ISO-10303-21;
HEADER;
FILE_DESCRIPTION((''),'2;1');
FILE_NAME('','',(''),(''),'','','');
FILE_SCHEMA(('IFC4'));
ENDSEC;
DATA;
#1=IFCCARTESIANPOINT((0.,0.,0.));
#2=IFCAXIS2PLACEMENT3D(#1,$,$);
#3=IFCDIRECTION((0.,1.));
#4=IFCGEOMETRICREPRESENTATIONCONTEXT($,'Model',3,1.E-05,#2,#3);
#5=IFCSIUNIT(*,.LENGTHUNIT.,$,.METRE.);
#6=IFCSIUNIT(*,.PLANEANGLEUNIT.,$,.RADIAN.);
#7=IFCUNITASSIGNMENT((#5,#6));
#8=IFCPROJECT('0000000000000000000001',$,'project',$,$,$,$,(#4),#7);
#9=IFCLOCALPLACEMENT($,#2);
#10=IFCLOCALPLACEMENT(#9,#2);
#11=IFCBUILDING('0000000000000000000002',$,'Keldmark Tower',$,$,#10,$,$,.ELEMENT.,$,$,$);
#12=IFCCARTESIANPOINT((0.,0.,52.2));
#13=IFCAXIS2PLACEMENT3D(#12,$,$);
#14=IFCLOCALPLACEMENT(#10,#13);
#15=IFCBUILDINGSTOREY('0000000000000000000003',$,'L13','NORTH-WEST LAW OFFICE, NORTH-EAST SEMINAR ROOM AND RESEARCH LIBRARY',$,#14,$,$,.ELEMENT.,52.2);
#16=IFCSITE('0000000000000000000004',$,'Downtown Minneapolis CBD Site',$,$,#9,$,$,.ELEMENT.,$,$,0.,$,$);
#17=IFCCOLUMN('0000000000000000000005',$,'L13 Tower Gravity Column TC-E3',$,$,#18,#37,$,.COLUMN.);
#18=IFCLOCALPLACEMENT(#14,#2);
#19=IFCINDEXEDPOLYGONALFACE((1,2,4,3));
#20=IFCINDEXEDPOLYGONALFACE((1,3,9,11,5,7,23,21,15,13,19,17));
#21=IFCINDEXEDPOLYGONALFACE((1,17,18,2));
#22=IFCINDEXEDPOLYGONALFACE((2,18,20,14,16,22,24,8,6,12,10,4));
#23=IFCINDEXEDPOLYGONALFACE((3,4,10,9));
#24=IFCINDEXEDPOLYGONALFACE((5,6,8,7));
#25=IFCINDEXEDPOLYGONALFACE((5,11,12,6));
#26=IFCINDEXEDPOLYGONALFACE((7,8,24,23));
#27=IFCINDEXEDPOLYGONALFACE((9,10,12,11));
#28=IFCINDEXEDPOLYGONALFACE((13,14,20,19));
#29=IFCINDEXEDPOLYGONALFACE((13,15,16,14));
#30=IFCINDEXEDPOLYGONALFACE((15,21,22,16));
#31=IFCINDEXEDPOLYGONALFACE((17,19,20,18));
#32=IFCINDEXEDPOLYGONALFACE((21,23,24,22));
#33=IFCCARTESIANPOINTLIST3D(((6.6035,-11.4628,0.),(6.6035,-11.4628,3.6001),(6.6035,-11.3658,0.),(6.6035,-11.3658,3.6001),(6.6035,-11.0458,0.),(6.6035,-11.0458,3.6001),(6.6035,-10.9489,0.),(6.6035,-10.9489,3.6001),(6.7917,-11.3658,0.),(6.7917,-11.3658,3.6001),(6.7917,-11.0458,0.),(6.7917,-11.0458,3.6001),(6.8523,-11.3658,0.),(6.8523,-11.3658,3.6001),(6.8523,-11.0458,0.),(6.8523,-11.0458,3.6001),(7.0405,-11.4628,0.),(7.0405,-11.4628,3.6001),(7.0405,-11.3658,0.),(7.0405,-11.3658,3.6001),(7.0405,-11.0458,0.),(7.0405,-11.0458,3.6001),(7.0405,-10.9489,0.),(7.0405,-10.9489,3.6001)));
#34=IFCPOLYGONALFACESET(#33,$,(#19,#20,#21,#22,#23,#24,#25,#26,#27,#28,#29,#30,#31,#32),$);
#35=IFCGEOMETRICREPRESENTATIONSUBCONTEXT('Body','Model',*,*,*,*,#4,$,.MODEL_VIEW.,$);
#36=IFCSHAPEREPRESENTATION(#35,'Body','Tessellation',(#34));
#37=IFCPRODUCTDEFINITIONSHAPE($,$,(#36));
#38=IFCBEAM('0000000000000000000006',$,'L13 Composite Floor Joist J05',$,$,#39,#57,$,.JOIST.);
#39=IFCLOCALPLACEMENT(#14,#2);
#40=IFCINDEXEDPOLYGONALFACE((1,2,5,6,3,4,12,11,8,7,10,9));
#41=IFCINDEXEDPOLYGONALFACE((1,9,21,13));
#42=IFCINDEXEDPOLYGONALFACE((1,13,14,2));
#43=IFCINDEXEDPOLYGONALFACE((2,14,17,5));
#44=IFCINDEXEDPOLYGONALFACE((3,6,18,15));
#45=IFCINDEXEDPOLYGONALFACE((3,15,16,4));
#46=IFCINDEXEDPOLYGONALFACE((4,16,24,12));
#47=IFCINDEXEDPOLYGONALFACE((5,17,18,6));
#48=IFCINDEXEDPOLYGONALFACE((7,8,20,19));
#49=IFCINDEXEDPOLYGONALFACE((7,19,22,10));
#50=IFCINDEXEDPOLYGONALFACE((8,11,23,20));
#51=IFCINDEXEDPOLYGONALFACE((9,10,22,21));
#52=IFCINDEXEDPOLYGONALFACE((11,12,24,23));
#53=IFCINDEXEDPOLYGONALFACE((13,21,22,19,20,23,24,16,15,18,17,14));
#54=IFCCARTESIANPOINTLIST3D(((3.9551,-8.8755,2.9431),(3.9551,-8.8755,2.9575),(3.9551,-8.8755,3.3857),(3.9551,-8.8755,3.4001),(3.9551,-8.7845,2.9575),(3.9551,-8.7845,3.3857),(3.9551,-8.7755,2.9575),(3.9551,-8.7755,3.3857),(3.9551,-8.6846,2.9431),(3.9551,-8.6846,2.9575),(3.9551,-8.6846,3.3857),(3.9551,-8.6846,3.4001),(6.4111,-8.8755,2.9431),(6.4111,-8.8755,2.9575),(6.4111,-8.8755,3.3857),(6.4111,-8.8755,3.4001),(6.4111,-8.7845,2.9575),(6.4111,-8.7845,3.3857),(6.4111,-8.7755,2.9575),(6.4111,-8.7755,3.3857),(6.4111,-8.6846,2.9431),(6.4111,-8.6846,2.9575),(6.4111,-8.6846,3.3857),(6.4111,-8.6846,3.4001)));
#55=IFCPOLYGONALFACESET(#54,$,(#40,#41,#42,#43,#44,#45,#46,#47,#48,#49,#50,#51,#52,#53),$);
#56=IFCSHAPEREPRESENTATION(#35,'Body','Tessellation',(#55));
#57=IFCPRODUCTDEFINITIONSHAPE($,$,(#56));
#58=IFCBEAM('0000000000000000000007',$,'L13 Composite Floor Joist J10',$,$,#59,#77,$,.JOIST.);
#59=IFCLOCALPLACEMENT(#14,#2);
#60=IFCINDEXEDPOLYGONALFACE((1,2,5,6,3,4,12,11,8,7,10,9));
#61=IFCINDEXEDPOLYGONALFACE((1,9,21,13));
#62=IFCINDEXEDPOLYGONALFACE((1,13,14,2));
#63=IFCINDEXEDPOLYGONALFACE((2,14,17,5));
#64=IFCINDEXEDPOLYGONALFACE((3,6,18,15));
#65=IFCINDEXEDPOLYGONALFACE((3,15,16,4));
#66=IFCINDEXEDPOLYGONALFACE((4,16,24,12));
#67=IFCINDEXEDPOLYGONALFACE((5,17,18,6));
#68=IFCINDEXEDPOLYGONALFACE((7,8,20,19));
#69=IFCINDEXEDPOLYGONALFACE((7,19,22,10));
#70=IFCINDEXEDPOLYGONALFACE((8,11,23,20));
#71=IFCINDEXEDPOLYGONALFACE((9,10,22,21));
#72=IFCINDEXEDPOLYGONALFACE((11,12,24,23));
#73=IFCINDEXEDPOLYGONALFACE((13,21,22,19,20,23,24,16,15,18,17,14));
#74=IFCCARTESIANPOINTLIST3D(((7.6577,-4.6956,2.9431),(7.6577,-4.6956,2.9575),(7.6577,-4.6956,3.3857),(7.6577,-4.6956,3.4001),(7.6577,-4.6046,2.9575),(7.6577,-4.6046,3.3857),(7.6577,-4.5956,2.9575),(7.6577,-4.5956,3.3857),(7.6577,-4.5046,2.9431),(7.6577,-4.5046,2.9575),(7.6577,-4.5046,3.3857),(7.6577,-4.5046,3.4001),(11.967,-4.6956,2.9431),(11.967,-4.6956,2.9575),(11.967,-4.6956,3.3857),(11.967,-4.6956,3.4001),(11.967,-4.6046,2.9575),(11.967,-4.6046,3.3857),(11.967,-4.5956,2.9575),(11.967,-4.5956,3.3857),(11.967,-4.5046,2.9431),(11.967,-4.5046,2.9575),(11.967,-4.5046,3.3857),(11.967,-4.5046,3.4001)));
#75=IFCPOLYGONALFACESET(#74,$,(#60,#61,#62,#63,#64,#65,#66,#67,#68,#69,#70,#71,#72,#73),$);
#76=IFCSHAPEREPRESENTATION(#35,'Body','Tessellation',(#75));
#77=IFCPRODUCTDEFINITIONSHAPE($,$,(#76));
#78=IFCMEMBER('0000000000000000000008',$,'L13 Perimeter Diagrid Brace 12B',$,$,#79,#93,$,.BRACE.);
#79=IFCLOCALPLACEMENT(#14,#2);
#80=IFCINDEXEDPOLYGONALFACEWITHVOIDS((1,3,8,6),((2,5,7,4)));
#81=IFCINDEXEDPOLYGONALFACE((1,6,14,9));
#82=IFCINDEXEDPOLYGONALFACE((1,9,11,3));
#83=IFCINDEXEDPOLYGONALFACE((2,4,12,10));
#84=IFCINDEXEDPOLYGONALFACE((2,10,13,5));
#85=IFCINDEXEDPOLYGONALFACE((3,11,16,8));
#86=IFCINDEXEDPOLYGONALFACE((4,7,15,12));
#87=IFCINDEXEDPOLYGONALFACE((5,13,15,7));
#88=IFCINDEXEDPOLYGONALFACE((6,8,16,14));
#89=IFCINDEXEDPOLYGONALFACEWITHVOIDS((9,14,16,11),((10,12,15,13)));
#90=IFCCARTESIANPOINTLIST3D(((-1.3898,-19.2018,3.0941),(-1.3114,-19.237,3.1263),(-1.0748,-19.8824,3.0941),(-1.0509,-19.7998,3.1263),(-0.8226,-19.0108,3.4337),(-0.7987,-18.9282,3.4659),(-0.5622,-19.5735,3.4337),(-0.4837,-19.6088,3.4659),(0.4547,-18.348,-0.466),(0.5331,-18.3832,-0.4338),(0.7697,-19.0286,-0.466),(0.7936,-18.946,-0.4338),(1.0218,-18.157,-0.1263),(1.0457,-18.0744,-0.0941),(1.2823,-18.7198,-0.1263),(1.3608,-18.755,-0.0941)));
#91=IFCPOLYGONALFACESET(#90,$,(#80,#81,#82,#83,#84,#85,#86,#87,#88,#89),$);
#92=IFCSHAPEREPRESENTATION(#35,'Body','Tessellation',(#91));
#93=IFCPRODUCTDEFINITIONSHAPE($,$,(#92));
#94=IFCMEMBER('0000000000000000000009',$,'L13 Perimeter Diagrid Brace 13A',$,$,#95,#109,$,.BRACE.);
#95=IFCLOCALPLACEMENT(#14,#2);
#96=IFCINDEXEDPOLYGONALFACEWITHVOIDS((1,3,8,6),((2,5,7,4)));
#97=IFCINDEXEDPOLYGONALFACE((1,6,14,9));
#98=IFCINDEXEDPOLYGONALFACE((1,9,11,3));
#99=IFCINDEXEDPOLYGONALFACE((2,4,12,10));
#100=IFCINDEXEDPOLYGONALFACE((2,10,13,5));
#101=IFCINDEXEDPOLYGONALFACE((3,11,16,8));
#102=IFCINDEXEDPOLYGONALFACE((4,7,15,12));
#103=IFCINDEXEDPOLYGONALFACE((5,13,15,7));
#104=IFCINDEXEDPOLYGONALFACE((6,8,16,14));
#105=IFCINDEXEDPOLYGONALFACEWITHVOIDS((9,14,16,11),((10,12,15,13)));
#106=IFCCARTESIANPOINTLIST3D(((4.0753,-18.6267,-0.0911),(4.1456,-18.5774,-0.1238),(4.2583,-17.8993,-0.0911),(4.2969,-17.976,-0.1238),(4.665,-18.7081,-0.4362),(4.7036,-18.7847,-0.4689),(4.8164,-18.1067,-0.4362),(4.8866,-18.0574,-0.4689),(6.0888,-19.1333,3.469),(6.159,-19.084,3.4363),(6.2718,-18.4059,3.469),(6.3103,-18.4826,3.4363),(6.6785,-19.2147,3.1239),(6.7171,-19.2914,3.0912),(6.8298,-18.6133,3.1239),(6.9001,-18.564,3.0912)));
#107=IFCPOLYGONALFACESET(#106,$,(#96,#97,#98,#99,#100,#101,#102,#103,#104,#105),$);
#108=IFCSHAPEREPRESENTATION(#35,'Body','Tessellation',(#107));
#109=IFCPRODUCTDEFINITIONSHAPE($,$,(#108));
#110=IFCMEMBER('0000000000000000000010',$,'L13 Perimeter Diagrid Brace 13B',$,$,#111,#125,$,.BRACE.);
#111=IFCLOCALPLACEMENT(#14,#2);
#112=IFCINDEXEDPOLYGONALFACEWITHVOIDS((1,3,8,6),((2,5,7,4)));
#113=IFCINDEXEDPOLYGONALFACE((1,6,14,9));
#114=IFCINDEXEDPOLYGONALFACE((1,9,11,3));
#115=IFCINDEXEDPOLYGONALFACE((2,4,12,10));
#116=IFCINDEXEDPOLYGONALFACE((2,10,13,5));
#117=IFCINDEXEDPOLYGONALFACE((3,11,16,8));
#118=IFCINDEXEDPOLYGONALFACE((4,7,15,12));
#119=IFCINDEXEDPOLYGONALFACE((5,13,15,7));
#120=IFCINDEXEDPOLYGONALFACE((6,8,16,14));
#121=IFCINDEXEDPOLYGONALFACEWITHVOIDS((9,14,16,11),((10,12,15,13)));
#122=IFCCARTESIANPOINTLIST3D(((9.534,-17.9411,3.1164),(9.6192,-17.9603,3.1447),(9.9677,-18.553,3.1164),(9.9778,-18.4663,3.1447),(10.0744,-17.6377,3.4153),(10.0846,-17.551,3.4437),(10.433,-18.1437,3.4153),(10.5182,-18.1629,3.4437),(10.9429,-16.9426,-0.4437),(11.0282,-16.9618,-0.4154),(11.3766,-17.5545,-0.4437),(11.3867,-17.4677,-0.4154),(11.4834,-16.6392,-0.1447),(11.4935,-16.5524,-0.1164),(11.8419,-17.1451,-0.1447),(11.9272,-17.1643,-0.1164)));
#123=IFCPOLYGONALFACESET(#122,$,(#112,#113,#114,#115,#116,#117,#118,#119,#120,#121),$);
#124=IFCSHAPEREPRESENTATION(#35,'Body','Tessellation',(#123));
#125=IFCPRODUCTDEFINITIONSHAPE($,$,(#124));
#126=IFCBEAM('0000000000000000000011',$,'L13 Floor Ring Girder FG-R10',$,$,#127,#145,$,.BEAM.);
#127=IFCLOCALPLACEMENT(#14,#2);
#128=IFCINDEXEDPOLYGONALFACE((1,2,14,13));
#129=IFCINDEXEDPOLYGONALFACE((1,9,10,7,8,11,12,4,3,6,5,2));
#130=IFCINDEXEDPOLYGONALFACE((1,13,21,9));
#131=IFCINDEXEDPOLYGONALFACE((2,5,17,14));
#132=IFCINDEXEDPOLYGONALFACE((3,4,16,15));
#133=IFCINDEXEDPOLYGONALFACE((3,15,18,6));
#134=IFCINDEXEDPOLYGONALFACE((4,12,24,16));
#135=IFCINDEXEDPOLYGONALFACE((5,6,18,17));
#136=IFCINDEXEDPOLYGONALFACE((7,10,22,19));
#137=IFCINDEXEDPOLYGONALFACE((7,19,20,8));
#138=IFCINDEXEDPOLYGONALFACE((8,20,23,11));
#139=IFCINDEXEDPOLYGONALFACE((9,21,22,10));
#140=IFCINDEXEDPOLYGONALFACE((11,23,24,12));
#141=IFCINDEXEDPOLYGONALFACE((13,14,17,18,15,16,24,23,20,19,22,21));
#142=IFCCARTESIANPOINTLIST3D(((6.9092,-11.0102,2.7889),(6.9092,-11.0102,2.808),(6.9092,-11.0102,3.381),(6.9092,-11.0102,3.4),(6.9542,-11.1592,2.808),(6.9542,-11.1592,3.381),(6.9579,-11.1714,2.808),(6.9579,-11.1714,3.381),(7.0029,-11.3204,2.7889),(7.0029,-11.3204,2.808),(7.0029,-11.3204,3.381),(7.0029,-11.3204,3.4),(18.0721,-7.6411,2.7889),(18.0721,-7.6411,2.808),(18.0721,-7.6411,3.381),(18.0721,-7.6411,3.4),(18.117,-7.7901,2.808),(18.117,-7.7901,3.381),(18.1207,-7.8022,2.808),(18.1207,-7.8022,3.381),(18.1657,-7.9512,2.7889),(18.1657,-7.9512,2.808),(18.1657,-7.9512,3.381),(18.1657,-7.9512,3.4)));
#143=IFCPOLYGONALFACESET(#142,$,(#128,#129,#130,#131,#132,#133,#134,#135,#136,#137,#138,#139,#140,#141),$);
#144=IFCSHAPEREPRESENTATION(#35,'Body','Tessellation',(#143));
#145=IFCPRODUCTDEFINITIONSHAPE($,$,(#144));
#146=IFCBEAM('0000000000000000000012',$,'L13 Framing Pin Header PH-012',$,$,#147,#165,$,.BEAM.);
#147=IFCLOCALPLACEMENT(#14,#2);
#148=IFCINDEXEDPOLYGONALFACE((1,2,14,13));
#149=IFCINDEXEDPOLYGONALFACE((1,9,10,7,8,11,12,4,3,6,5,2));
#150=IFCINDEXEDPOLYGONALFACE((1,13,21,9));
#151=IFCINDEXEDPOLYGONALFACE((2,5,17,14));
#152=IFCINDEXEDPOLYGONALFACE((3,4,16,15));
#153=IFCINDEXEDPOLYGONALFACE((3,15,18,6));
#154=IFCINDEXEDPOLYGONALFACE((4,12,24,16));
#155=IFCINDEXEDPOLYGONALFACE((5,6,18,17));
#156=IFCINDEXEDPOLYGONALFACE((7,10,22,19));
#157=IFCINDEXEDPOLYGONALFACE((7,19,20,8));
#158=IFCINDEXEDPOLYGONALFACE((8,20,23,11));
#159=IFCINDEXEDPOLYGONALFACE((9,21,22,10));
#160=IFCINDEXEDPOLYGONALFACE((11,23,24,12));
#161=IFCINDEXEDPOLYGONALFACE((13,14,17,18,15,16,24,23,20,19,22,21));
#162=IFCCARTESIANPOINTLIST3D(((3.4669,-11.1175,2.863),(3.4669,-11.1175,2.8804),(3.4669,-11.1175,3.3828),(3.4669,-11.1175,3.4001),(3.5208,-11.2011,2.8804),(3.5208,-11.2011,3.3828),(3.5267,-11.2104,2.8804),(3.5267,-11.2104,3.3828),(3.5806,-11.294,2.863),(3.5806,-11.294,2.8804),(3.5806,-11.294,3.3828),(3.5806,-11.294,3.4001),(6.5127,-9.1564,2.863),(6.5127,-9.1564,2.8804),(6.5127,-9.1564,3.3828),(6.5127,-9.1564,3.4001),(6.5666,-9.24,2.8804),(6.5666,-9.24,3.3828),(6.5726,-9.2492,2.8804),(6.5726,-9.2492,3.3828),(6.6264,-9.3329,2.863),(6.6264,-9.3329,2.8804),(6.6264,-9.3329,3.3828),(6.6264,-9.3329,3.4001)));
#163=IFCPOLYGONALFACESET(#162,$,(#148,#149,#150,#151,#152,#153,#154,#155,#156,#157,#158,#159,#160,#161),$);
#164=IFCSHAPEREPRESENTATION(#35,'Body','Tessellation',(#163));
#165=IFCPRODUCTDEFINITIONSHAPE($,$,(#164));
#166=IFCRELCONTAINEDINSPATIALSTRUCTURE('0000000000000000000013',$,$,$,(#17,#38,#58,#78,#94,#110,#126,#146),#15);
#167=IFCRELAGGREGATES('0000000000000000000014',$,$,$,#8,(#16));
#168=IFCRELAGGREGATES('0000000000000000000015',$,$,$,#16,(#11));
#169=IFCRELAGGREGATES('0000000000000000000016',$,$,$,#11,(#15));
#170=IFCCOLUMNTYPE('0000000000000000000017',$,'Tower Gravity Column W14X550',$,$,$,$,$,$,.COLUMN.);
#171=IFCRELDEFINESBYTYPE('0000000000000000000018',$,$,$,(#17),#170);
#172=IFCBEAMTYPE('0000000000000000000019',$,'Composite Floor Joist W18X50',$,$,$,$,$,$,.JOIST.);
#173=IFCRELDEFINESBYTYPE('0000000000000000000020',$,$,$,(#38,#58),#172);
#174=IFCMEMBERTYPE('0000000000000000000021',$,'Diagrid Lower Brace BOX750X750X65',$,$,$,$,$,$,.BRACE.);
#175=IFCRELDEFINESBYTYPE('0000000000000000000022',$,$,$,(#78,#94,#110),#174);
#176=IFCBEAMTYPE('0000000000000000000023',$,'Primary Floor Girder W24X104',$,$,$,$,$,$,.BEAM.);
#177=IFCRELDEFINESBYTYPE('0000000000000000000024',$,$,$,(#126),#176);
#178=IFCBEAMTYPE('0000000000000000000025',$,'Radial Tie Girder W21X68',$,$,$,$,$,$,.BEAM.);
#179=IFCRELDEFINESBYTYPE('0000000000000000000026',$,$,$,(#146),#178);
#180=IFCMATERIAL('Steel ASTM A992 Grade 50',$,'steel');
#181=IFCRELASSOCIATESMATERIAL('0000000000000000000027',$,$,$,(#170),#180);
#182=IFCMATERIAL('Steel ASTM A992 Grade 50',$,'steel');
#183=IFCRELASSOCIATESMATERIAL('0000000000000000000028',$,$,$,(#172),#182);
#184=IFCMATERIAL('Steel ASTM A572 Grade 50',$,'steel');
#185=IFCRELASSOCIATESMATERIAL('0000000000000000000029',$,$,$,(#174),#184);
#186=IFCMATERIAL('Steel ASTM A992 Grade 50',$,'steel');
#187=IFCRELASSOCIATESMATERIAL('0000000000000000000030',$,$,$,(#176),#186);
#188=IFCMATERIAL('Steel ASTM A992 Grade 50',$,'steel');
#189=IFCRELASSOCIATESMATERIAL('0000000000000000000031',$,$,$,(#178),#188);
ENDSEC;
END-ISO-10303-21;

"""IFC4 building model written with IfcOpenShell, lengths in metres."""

from ifc_helpers import new_model, si_unit, direction, frame, origin, origin_2d, place, context, subcontext, project, spatial, hollow_rectangle, i_section, extrude, material, material_profile, profile_set, type_object, element, save


model = new_model("IFC4")

# Units and contexts
model_context = context("Model", 3, precision=1e-05, world=origin(), true_north=direction((0.0, 1.0)))
body_context = subcontext(model_context, "Body", "Model", "MODEL_VIEW")
ifc_project = project(units=[si_unit("LENGTHUNIT", "METRE"), si_unit("PLANEANGLEUNIT", "RADIAN")], contexts=[model_context])

# Site, building, storey
site_placement = place(None, origin())
site = spatial("IfcSite", under=ifc_project, at=site_placement, Name="Downtown Minneapolis CBD Site", CompositionType="ELEMENT", RefElevation=0.0)
building_placement = place(site_placement, origin())
building = spatial("IfcBuilding", under=site, at=building_placement, Name="Keldmark Tower", CompositionType="ELEMENT")
storey_placement = place(building_placement, frame((0.0, 0.0, 52.2)))
storey = spatial("IfcBuildingStorey", under=building, at=storey_placement, Name="L13", Description="NORTH-WEST LAW OFFICE, NORTH-EAST SEMINAR ROOM AND RESEARCH LIBRARY", CompositionType="ELEMENT", Elevation=52.2)

# Column
ifc_material_1 = material(Name="Steel ASTM A992 Grade 50", Category="steel")
ifc_material_profile_1 = material_profile(ifc_material_1, i_section(OverallWidth=0.437, OverallDepth=0.5139, WebThickness=0.0605, FlangeThickness=0.0969, at=origin_2d()), Name="W14X550")
ifc_profile_set_1 = profile_set([ifc_material_profile_1], Name="Steel ASTM A992 Grade 50")
column_type = type_object("IfcColumnType", Name="Tower Gravity Column W14X550", PredefinedType="COLUMN", material=ifc_profile_set_1)
column_placement = place(storey_placement, frame((6.822, -11.2058, 0.0), z_axis=(0.0, 0.0, 1.0), x_axis=(1.0, 0.0, 0.0)))
element("IfcColumn", 1, at=column_placement, inside=storey, type_object=column_type, Name="L13 Tower Gravity Column TC-E3", PredefinedType="COLUMN", context=body_context, shape_type="SweptSolid", body=[
    extrude(i_section(OverallWidth=0.437, OverallDepth=0.5139, WebThickness=0.0605, FlangeThickness=0.0969, at=origin_2d()), origin(), (0.0, 0.0, 1.0), 3.6001),
])

# Beams
ifc_material_2 = material(Name="Steel ASTM A992 Grade 50", Category="steel")
ifc_material_profile_2 = material_profile(ifc_material_2, i_section(OverallWidth=0.1909, OverallDepth=0.457, WebThickness=0.009, FlangeThickness=0.0144, at=origin_2d()), Name="W18X50")
ifc_profile_set_2 = profile_set([ifc_material_profile_2], Name="Steel ASTM A992 Grade 50")
beam_type_1 = type_object("IfcBeamType", Name="Composite Floor Joist W18X50", PredefinedType="JOIST", material=ifc_profile_set_2)
beam_1_placement = place(storey_placement, frame((3.9551, -8.78, 3.1716), z_axis=(1.0, 0.0, 0.0), x_axis=(0.0, 1.0, 0.0)))
element("IfcBeam", 2, at=beam_1_placement, inside=storey, type_object=beam_type_1, Name="L13 Composite Floor Joist J05", PredefinedType="JOIST", context=body_context, shape_type="SweptSolid", body=[
    extrude(i_section(OverallWidth=0.1909, OverallDepth=0.457, WebThickness=0.009, FlangeThickness=0.0144, at=origin_2d()), origin(), (0.0, 0.0, 1.0), 2.4561),
])
beam_2_placement = place(storey_placement, frame((7.6577, -4.6001, 3.1716), z_axis=(1.0, 0.0, 0.0), x_axis=(0.0, 1.0, 0.0)))
element("IfcBeam", 3, at=beam_2_placement, inside=storey, type_object=beam_type_1, Name="L13 Composite Floor Joist J10", PredefinedType="JOIST", context=body_context, shape_type="SweptSolid", body=[
    extrude(i_section(OverallWidth=0.1909, OverallDepth=0.457, WebThickness=0.009, FlangeThickness=0.0144, at=origin_2d()), origin(), (0.0, 0.0, 1.0), 4.3093),
])

# Members
ifc_material_3 = material(Name="Steel ASTM A572 Grade 50", Category="steel")
ifc_material_profile_3 = material_profile(ifc_material_3, hollow_rectangle(XDim=0.75, YDim=0.75, WallThickness=0.0649, at=origin_2d()), Name="BOX750X750X65")
ifc_profile_set_3 = profile_set([ifc_material_profile_3], Name="Steel ASTM A572 Grade 50")
member_type = type_object("IfcMemberType", Name="Diagrid Lower Brace BOX750X750X65", PredefinedType="BRACE", material=ifc_profile_set_3)
member_1_placement = place(storey_placement, frame((0.9077, -18.5515, -0.28), z_axis=(-0.44994, -0.208265, 0.868435), x_axis=(0.420056, -0.907498, 0.0)))
element("IfcMember", 4, at=member_1_placement, inside=storey, type_object=member_type, Name="L13 Perimeter Diagrid Brace 12B", PredefinedType="BRACE", context=body_context, shape_type="SweptSolid", body=[
    extrude(hollow_rectangle(XDim=0.75, YDim=0.75, WallThickness=0.0649, at=origin_2d()), origin(), (0.0, 0.0, 1.0), 4.0994),
])
member_2_placement = place(storey_placement, frame((4.481, -18.342, -0.28), z_axis=(0.48855, -0.122922, 0.863834), x_axis=(0.244002, 0.969775, 0.0)))
element("IfcMember", 5, at=member_2_placement, inside=storey, type_object=member_type, Name="L13 Perimeter Diagrid Brace 13A", PredefinedType="BRACE", context=body_context, shape_type="SweptSolid", body=[
    extrude(hollow_rectangle(XDim=0.75, YDim=0.75, WallThickness=0.0649, at=origin_2d()), origin(), (0.0, 0.0, 1.0), 4.1213),
])
member_3_placement = place(storey_placement, frame((11.4351, -17.0535, -0.28), z_axis=(-0.35608, -0.25236, 0.899734), x_axis=(0.578225, -0.815877, 0.0)))
element("IfcMember", 6, at=member_3_placement, inside=storey, type_object=member_type, Name="L13 Perimeter Diagrid Brace 13B", PredefinedType="BRACE", context=body_context, shape_type="SweptSolid", body=[
    extrude(hollow_rectangle(XDim=0.75, YDim=0.75, WallThickness=0.0649, at=origin_2d()), origin(), (0.0, 0.0, 1.0), 3.9568),
])

# Beams
ifc_material_4 = material(Name="Steel ASTM A992 Grade 50", Category="steel")
ifc_material_profile_4 = material_profile(ifc_material_4, i_section(OverallWidth=0.324, OverallDepth=0.6111, WebThickness=0.0127, FlangeThickness=0.019, at=origin_2d()), Name="W24X104")
ifc_profile_set_4 = profile_set([ifc_material_profile_4], Name="Steel ASTM A992 Grade 50")
beam_type_2 = type_object("IfcBeamType", Name="Primary Floor Girder W24X104", PredefinedType="BEAM", material=ifc_profile_set_4)
beam_3_placement = place(storey_placement, frame((6.9561, -11.1653, 3.0945), z_axis=(0.957346, 0.288944, 0.0), x_axis=(-0.288944, 0.957346, 0.0)))
element("IfcBeam", 7, at=beam_3_placement, inside=storey, type_object=beam_type_2, Name="L13 Floor Ring Girder FG-R10", PredefinedType="BEAM", context=body_context, shape_type="SweptSolid", body=[
    extrude(i_section(OverallWidth=0.324, OverallDepth=0.6111, WebThickness=0.0127, FlangeThickness=0.019, at=origin_2d()), origin(), (0.0, 0.0, 1.0), 11.6602),
])
ifc_material_5 = material(Name="Steel ASTM A992 Grade 50", Category="steel")
ifc_material_profile_5 = material_profile(ifc_material_5, i_section(OverallWidth=0.21, OverallDepth=0.5371, WebThickness=0.011, FlangeThickness=0.0173, at=origin_2d()), Name="W21X68")
ifc_profile_set_5 = profile_set([ifc_material_profile_5], Name="Steel ASTM A992 Grade 50")
beam_type_3 = type_object("IfcBeamType", Name="Radial Tie Girder W21X68", PredefinedType="BEAM", material=ifc_profile_set_5)
beam_4_placement = place(storey_placement, frame((6.5696, -9.2446, 3.1316), z_axis=(-0.840788, -0.541364, 0.0), x_axis=(0.541364, -0.840788, 0.0)))
element("IfcBeam", 8, at=beam_4_placement, inside=storey, type_object=beam_type_3, Name="L13 Framing Pin Header PH-012", PredefinedType="BEAM", context=body_context, shape_type="SweptSolid", body=[
    extrude(i_section(OverallWidth=0.21, OverallDepth=0.5371, WebThickness=0.011, FlangeThickness=0.0173, at=origin_2d()), origin(), (0.0, 0.0, 1.0), 3.6226),
])

save(model, "model.ifc")
